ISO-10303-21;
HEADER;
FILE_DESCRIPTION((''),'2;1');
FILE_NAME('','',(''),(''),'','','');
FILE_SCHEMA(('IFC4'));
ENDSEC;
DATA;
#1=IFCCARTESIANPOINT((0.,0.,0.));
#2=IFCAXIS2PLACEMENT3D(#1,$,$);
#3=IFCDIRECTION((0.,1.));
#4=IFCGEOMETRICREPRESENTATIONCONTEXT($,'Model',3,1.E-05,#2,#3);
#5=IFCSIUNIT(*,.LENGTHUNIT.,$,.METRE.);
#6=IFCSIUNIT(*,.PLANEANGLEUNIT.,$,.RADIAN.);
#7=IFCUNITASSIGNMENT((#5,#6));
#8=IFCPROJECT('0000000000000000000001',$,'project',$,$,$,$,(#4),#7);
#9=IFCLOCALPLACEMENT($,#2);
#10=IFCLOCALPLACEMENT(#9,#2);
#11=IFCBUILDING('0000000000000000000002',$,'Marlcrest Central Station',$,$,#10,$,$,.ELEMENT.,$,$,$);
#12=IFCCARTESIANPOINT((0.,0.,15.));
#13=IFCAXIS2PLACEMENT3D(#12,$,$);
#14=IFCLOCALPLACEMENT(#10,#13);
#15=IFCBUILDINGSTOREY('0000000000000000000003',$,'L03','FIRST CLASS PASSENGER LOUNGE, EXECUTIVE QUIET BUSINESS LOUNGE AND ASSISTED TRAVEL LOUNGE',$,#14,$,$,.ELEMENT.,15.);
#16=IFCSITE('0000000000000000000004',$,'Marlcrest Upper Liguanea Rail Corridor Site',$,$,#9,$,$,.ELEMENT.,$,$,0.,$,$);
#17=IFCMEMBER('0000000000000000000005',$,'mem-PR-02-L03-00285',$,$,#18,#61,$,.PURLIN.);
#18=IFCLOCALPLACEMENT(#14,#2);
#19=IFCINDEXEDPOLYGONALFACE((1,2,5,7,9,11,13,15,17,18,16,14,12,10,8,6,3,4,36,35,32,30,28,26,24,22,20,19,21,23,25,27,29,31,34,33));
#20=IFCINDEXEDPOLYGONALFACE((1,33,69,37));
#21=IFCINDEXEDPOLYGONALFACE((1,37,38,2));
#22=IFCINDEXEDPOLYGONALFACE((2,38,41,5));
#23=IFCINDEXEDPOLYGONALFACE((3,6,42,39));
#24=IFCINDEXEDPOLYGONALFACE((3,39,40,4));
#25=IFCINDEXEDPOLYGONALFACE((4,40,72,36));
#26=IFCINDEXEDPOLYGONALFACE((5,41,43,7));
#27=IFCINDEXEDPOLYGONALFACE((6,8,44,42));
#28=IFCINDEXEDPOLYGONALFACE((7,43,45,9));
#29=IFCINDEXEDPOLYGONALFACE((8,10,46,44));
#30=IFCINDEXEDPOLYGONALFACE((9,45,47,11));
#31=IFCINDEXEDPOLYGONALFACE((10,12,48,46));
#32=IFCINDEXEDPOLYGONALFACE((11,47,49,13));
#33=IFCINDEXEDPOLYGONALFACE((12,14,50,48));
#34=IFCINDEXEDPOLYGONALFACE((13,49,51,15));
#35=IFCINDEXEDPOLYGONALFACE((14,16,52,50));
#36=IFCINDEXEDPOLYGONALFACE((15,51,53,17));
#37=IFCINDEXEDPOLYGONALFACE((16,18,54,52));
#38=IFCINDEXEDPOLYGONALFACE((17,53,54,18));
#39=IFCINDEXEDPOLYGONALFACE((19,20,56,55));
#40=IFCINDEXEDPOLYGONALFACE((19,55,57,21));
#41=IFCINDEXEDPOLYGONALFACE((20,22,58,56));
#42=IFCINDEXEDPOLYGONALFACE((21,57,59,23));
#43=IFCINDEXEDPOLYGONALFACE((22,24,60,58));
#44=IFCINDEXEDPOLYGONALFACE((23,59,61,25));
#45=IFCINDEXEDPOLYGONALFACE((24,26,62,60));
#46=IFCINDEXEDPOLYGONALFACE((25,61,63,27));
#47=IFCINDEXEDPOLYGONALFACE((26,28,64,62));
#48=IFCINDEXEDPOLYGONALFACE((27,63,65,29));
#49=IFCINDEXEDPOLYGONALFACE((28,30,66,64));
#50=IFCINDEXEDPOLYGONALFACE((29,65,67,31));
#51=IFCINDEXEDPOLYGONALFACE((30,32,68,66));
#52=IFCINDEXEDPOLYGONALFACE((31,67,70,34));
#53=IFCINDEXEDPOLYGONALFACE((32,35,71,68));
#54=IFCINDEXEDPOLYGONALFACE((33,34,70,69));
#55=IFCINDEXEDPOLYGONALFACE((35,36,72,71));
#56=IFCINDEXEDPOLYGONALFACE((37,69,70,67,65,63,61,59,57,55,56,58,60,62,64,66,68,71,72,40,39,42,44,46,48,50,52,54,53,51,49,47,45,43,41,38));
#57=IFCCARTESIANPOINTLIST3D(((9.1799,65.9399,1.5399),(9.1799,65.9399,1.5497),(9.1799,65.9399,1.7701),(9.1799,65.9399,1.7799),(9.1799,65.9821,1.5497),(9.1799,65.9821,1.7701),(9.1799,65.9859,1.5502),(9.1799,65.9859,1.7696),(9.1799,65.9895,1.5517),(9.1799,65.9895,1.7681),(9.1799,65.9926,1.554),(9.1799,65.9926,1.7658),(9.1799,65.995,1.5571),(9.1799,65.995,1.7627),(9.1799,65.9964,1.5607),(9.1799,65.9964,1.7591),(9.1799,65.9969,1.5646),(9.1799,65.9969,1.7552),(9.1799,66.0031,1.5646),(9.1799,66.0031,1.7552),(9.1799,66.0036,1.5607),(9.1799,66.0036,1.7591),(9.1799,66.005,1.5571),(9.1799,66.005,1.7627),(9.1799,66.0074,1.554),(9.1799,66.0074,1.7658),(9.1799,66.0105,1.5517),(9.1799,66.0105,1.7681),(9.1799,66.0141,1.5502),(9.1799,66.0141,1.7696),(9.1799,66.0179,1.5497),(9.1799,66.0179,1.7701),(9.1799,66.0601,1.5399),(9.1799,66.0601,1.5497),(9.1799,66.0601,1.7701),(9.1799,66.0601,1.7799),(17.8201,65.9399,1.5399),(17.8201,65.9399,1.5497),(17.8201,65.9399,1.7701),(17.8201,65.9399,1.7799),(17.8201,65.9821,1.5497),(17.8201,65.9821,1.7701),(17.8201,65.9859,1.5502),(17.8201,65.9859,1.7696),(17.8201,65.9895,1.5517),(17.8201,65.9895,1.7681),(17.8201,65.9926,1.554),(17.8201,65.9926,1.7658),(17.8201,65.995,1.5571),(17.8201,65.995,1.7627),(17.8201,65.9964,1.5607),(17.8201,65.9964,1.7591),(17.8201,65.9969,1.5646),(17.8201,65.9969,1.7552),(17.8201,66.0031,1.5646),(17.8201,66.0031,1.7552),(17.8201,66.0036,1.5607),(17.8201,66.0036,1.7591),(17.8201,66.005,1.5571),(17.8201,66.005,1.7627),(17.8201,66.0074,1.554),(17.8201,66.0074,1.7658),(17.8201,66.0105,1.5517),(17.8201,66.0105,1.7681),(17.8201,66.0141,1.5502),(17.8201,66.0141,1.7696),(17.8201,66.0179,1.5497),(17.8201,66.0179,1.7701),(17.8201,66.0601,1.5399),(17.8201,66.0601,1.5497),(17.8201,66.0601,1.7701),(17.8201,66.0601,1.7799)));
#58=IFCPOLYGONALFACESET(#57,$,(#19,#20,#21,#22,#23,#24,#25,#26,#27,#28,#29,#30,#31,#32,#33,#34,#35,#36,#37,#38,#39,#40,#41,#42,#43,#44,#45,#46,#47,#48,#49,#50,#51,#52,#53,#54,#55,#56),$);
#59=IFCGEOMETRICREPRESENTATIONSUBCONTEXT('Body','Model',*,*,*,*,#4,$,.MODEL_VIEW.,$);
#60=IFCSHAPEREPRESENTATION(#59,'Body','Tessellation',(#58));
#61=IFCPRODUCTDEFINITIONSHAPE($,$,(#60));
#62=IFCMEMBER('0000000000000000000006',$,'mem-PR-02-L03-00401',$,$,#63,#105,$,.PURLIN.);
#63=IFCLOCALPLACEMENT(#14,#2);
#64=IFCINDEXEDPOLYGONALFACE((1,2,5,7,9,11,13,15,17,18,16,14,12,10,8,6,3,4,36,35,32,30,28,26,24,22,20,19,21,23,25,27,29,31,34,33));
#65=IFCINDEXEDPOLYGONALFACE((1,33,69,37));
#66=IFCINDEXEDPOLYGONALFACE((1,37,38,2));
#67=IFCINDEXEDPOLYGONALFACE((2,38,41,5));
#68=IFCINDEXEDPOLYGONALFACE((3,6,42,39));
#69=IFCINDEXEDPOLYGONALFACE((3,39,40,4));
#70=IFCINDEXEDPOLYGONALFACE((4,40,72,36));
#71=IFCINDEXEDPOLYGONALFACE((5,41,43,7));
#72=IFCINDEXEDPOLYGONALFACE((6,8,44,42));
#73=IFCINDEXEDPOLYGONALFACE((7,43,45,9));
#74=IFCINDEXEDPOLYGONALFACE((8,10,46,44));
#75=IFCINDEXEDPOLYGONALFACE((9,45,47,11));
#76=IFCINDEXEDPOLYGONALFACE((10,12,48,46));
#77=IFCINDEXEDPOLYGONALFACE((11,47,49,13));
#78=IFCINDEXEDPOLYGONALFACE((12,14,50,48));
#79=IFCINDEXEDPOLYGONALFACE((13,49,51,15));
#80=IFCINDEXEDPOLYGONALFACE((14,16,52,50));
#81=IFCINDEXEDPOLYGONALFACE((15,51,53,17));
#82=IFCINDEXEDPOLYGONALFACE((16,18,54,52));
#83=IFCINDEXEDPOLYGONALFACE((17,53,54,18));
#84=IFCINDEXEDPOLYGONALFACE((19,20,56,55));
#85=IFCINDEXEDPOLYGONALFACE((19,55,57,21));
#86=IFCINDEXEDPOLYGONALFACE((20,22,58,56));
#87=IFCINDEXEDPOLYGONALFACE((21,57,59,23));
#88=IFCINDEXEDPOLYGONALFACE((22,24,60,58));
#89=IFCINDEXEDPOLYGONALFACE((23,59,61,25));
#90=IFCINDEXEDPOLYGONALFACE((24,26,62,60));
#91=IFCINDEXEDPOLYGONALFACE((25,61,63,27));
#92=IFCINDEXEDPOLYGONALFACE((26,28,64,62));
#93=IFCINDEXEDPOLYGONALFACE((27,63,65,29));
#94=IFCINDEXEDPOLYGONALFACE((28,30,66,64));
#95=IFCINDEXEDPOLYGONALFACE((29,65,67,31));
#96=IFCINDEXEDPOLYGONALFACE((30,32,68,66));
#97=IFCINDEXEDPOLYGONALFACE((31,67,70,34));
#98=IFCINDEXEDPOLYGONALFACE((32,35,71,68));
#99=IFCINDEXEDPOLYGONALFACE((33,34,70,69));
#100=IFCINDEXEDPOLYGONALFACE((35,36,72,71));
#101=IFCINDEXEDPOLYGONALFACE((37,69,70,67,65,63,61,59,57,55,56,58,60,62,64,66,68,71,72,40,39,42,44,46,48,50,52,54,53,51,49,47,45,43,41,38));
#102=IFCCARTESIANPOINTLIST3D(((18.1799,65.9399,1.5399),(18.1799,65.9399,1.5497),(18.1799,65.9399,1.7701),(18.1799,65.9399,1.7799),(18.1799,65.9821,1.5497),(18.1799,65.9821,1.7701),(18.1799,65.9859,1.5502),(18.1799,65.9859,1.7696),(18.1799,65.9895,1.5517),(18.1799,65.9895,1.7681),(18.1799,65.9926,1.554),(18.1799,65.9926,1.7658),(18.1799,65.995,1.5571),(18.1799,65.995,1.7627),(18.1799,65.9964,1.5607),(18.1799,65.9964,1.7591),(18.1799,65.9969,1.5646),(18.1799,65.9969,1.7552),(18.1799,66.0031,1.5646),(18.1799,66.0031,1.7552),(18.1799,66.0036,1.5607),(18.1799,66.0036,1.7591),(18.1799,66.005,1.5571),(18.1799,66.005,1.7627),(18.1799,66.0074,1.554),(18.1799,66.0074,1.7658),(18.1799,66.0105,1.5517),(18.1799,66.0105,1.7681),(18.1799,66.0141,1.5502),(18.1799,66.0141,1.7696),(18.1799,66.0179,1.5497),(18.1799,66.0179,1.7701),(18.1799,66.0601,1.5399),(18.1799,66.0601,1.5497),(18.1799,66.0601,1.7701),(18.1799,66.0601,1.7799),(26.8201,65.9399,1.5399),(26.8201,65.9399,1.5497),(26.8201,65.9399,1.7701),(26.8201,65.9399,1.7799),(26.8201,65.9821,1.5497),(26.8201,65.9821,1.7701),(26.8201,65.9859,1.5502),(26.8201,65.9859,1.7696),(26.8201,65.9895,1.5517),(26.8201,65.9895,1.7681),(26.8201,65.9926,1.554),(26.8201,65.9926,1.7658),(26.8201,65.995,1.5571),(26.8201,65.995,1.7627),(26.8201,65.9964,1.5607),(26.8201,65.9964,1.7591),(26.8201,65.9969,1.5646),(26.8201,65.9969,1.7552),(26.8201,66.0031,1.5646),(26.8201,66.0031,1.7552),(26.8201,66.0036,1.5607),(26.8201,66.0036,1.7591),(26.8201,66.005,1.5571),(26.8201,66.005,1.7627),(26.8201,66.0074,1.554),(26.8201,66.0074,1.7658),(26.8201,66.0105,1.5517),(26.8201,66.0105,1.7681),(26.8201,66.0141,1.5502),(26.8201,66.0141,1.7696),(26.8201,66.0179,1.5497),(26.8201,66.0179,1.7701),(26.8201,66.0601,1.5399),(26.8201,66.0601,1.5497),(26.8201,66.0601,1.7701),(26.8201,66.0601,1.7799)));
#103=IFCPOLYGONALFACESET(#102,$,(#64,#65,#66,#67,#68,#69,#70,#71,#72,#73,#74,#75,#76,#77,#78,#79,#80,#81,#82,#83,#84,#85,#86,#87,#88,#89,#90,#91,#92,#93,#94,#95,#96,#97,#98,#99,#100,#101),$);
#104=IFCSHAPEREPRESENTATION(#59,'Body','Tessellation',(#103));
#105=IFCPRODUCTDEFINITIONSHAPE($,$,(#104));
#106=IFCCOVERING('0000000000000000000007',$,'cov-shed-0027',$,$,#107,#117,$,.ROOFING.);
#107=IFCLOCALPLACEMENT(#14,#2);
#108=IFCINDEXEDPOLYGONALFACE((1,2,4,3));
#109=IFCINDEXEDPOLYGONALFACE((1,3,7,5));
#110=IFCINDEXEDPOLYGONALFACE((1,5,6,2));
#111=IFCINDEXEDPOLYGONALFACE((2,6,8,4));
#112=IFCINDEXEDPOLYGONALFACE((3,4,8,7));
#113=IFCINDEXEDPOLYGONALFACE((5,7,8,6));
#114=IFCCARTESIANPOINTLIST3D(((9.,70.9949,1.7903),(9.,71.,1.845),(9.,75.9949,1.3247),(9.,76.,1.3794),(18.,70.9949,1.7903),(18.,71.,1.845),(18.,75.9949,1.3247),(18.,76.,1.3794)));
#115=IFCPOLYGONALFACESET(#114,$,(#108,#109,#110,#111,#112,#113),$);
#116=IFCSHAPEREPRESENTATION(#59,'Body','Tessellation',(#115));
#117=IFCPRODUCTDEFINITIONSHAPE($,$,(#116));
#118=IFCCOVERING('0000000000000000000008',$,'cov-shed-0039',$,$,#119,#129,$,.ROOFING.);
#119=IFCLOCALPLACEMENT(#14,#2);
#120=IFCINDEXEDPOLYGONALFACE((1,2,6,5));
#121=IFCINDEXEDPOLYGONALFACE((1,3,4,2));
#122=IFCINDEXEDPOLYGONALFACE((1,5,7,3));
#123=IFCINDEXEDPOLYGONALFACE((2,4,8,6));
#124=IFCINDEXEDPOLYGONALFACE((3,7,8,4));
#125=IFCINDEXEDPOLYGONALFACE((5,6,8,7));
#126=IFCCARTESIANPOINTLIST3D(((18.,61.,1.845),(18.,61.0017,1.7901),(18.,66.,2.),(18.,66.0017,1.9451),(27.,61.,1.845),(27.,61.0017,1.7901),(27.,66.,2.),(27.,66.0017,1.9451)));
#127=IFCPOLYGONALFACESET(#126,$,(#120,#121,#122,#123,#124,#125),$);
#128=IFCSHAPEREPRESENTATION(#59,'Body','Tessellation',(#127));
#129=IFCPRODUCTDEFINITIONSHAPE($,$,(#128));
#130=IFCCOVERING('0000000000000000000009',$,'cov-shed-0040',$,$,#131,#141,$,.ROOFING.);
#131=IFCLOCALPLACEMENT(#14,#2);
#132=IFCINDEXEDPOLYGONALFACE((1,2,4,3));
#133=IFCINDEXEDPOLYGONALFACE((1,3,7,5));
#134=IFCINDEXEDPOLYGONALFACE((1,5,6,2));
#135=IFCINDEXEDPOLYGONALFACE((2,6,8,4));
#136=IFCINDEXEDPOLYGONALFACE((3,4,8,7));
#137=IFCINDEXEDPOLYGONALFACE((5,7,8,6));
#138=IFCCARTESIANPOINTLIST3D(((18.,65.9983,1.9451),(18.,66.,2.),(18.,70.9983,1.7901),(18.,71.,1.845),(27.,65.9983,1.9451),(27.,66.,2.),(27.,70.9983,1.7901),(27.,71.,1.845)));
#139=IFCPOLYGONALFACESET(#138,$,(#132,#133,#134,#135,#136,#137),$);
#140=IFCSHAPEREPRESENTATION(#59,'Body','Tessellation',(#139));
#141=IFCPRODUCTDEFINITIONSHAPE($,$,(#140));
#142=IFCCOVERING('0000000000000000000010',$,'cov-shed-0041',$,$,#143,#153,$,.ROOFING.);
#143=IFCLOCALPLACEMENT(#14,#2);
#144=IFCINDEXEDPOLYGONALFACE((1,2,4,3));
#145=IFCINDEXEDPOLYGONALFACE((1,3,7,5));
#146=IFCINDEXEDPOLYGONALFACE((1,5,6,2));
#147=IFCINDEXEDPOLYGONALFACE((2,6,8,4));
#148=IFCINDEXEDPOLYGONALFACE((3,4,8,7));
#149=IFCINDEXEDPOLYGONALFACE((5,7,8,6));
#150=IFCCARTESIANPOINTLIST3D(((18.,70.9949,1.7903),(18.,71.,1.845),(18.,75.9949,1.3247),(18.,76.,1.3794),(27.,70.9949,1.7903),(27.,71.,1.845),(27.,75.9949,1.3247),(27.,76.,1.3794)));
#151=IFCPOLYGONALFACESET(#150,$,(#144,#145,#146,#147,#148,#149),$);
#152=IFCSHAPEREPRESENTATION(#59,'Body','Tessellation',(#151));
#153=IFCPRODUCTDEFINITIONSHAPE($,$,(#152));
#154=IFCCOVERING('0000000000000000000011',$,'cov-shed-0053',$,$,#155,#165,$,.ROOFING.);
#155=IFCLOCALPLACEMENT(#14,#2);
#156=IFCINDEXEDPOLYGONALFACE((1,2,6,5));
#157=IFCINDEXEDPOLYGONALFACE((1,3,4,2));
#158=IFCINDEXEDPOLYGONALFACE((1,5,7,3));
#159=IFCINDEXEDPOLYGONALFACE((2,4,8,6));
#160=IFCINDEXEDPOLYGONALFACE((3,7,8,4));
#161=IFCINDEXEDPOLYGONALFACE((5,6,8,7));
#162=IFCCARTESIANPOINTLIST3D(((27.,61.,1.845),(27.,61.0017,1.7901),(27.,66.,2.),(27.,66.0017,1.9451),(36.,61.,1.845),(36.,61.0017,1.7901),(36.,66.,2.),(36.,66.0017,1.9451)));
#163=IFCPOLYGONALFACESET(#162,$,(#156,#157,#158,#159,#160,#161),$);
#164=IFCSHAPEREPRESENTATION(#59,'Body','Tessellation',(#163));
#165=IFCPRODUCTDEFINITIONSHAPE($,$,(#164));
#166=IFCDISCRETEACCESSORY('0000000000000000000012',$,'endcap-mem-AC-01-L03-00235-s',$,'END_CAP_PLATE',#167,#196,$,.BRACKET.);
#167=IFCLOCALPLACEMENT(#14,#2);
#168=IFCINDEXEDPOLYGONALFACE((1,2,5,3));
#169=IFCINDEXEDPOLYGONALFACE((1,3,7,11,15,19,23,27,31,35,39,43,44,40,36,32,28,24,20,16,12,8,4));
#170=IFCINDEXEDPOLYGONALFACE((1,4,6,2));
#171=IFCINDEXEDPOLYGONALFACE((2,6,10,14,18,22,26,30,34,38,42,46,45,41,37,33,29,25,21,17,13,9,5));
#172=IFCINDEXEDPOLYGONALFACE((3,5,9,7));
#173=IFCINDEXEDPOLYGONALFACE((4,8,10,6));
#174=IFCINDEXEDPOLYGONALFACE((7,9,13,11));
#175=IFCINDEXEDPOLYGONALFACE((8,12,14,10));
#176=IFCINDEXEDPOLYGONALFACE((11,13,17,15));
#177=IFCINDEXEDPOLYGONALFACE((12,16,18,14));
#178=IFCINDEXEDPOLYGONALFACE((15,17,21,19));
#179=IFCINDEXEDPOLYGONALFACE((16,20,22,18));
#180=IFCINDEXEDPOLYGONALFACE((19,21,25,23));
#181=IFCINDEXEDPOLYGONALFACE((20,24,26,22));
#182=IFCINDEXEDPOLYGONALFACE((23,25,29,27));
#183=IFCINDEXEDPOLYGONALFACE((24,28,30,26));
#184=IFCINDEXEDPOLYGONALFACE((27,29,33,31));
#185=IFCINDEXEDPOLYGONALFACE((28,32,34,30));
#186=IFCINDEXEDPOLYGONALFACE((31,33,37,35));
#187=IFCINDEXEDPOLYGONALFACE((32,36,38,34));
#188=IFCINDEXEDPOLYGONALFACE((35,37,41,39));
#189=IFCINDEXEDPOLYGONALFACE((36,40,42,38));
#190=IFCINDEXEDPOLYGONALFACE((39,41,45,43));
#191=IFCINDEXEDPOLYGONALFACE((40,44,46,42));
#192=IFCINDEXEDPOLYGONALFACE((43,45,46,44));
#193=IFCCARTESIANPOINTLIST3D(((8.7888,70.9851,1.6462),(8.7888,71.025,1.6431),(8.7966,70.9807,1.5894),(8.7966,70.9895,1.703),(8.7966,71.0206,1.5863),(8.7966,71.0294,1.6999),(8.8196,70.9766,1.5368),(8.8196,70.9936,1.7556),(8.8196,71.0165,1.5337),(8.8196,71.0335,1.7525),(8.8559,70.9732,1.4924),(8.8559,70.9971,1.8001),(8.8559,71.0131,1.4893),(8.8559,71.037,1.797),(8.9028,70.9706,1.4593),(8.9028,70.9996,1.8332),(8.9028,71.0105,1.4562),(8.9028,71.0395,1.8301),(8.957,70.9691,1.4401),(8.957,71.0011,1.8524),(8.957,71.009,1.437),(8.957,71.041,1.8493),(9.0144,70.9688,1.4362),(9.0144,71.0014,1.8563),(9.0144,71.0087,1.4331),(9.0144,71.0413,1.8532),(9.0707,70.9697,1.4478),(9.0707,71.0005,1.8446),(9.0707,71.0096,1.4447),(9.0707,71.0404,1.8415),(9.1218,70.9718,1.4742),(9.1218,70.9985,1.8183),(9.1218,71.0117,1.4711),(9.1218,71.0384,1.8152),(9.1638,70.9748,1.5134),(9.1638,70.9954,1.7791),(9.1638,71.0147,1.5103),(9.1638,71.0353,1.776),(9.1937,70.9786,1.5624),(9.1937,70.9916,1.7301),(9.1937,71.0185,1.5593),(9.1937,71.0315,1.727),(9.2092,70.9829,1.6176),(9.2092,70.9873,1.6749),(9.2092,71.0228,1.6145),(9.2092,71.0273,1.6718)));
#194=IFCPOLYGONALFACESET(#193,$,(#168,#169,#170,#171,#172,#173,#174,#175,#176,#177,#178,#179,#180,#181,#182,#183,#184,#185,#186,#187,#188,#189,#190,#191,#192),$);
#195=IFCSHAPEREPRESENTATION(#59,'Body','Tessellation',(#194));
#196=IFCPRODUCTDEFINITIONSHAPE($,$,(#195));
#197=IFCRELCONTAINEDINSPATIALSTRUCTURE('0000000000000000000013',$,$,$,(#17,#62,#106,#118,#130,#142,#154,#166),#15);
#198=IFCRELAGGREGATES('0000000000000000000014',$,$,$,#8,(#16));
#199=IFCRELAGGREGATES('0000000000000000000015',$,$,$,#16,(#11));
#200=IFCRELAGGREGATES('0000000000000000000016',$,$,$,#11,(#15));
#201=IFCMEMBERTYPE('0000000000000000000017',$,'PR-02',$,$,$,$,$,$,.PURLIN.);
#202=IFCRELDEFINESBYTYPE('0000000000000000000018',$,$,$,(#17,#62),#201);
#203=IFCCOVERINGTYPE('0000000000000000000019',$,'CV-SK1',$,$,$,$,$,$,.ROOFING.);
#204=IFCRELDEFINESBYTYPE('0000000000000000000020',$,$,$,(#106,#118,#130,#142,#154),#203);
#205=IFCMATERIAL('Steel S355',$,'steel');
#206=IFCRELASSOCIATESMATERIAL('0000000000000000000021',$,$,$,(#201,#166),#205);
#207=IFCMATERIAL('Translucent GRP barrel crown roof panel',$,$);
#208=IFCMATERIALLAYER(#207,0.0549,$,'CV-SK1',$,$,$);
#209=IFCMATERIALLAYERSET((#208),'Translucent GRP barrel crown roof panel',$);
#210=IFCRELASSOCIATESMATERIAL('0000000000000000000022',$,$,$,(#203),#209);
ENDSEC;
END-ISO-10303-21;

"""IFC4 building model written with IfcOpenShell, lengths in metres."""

from ifc_helpers import new_model, si_unit, direction, frame, origin, origin_2d, place, context, subcontext, project, spatial, polyline, circle, i_section, outline, extrude, material, layer, layer_set, material_profile, profile_set, type_object, element, save


model = new_model("IFC4")

# Units and contexts
model_context = context("Model", 3, precision=1e-05, world=origin(), true_north=direction((0.0, 1.0)))
body_context = subcontext(model_context, "Body", "Model", "MODEL_VIEW")
ifc_project = project(units=[si_unit("LENGTHUNIT", "METRE"), si_unit("PLANEANGLEUNIT", "RADIAN")], contexts=[model_context])

# Site, building, storey
site_placement = place(None, origin())
site = spatial("IfcSite", under=ifc_project, at=site_placement, Name="Marlcrest Upper Liguanea Rail Corridor Site", CompositionType="ELEMENT", RefElevation=0.0)
building_placement = place(site_placement, origin())
building = spatial("IfcBuilding", under=site, at=building_placement, Name="Marlcrest Central Station", CompositionType="ELEMENT")
storey_placement = place(building_placement, frame((0.0, 0.0, 15.0)))
storey = spatial("IfcBuildingStorey", under=building, at=storey_placement, Name="L03", Description="FIRST CLASS PASSENGER LOUNGE, EXECUTIVE QUIET BUSINESS LOUNGE AND ASSISTED TRAVEL LOUNGE", CompositionType="ELEMENT", Elevation=15.0)

# Members
ifc_material_1 = material(Name="Steel S355", Category="steel")
ifc_material_profile_1 = material_profile(ifc_material_1, i_section(OverallWidth=0.1201, OverallDepth=0.24, WebThickness=0.0061, FlangeThickness=0.0098, FilletRadius=0.0149, at=origin_2d()), Name="IPE 240")
ifc_profile_set_1 = profile_set([ifc_material_profile_1], Name="Steel S355")
member_type_1 = type_object("IfcMemberType", Name="PR-02", PredefinedType="PURLIN", material=ifc_profile_set_1)
for number, where, z_axis, x_axis, name in (
    (1, (9.1799, 66.0, 1.6599), (1.0, 0.0, 0.0), (0.0, 1.0, 0.0), "mem-PR-02-L03-00285"),
    (2, (18.1799, 66.0, 1.6599), (1.0, 0.0, 0.0), (0.0, 1.0, 0.0), "mem-PR-02-L03-00401"),
):
    element("IfcMember", number, at=place(storey_placement, frame(where, z_axis=z_axis, x_axis=x_axis)), inside=storey, type_object=member_type_1, Name=name, PredefinedType="PURLIN", context=body_context, shape_type="SweptSolid", body=[
        extrude(i_section(OverallWidth=0.1201, OverallDepth=0.24, WebThickness=0.0061, FlangeThickness=0.0098, FilletRadius=0.0149, at=origin_2d()), origin(), (0.0, 0.0, 1.0), 8.6401),
    ])

# Coverings
ifc_material_2 = material(Name="Translucent GRP barrel crown roof panel")
ifc_layer = layer(ifc_material_2, 0.0549, Name="CV-SK1")
ifc_layer_set = layer_set([ifc_layer], Name="Translucent GRP barrel crown roof panel")
covering_type = type_object("IfcCoveringType", Name="CV-SK1", PredefinedType="ROOFING", material=ifc_layer_set)
covering_1_placement = place(storey_placement, frame((9.0, 71.0, 1.845), z_axis=(0.0, 0.092714, 0.995693), x_axis=(1.0, 0.0, 0.0)))
element("IfcCovering", 3, at=covering_1_placement, inside=storey, type_object=covering_type, Name="cov-shed-0027", PredefinedType="ROOFING", context=body_context, shape_type="SweptSolid", body=[
    extrude(outline(polyline([(0.0, 0.0), (9.0, 0.0), (9.0, 5.0216), (0.0, 5.0216), (0.0, 0.0)])), origin(), (0.0, 0.0, -1.0), 0.0549),
])
for number, where, z_axis, x_axis, name in (
    (4, (18.0, 61.0, 1.845), (0.0, -0.030991, 0.99952), (1.0, 0.0, 0.0), "cov-shed-0039"),
    (5, (18.0, 66.0, 2.0), (0.0, 0.030991, 0.99952), (1.0, 0.0, 0.0), "cov-shed-0040"),
):
    element("IfcCovering", number, at=place(storey_placement, frame(where, z_axis=z_axis, x_axis=x_axis)), inside=storey, type_object=covering_type, Name=name, PredefinedType="ROOFING", context=body_context, shape_type="SweptSolid", body=[
        extrude(outline(polyline([(0.0, 0.0), (9.0, 0.0), (9.0, 5.0024), (0.0, 5.0024), (0.0, 0.0)])), origin(), (0.0, 0.0, -1.0), 0.0549),
    ])
covering_2_placement = place(storey_placement, frame((18.0, 71.0, 1.845), z_axis=(0.0, 0.092714, 0.995693), x_axis=(1.0, 0.0, 0.0)))
element("IfcCovering", 6, at=covering_2_placement, inside=storey, type_object=covering_type, Name="cov-shed-0041", PredefinedType="ROOFING", context=body_context, shape_type="SweptSolid", body=[
    extrude(outline(polyline([(0.0, 0.0), (9.0, 0.0), (9.0, 5.0216), (0.0, 5.0216), (0.0, 0.0)])), origin(), (0.0, 0.0, -1.0), 0.0549),
])
covering_3_placement = place(storey_placement, frame((27.0, 61.0, 1.845), z_axis=(0.0, -0.030991, 0.99952), x_axis=(1.0, 0.0, 0.0)))
element("IfcCovering", 7, at=covering_3_placement, inside=storey, type_object=covering_type, Name="cov-shed-0053", PredefinedType="ROOFING", context=body_context, shape_type="SweptSolid", body=[
    extrude(outline(polyline([(0.0, 0.0), (9.0, 0.0), (9.0, 5.0024), (0.0, 5.0024), (0.0, 0.0)])), origin(), (0.0, 0.0, -1.0), 0.0549),
])

# Discrete accessory
for number, where, z_axis, x_axis, name in (
    (8, (9.0, 70.9851, 1.6462), (0.0, 0.997, -0.077404), (-1.0, 0.0, 0.0), "endcap-mem-AC-01-L03-00235-s"),
):
    element("IfcDiscreteAccessory", number, at=place(storey_placement, frame(where, z_axis=z_axis, x_axis=x_axis)), inside=storey, material=ifc_material_1, Name=name, ObjectType="END_CAP_PLATE", PredefinedType="BRACKET", context=body_context, shape_type="SweptSolid", body=[
        extrude(circle(Radius=0.2112, at=origin_2d()), origin(), (0.0, 0.0, 1.0), 0.04),
    ])

save(model, "model.ifc")
